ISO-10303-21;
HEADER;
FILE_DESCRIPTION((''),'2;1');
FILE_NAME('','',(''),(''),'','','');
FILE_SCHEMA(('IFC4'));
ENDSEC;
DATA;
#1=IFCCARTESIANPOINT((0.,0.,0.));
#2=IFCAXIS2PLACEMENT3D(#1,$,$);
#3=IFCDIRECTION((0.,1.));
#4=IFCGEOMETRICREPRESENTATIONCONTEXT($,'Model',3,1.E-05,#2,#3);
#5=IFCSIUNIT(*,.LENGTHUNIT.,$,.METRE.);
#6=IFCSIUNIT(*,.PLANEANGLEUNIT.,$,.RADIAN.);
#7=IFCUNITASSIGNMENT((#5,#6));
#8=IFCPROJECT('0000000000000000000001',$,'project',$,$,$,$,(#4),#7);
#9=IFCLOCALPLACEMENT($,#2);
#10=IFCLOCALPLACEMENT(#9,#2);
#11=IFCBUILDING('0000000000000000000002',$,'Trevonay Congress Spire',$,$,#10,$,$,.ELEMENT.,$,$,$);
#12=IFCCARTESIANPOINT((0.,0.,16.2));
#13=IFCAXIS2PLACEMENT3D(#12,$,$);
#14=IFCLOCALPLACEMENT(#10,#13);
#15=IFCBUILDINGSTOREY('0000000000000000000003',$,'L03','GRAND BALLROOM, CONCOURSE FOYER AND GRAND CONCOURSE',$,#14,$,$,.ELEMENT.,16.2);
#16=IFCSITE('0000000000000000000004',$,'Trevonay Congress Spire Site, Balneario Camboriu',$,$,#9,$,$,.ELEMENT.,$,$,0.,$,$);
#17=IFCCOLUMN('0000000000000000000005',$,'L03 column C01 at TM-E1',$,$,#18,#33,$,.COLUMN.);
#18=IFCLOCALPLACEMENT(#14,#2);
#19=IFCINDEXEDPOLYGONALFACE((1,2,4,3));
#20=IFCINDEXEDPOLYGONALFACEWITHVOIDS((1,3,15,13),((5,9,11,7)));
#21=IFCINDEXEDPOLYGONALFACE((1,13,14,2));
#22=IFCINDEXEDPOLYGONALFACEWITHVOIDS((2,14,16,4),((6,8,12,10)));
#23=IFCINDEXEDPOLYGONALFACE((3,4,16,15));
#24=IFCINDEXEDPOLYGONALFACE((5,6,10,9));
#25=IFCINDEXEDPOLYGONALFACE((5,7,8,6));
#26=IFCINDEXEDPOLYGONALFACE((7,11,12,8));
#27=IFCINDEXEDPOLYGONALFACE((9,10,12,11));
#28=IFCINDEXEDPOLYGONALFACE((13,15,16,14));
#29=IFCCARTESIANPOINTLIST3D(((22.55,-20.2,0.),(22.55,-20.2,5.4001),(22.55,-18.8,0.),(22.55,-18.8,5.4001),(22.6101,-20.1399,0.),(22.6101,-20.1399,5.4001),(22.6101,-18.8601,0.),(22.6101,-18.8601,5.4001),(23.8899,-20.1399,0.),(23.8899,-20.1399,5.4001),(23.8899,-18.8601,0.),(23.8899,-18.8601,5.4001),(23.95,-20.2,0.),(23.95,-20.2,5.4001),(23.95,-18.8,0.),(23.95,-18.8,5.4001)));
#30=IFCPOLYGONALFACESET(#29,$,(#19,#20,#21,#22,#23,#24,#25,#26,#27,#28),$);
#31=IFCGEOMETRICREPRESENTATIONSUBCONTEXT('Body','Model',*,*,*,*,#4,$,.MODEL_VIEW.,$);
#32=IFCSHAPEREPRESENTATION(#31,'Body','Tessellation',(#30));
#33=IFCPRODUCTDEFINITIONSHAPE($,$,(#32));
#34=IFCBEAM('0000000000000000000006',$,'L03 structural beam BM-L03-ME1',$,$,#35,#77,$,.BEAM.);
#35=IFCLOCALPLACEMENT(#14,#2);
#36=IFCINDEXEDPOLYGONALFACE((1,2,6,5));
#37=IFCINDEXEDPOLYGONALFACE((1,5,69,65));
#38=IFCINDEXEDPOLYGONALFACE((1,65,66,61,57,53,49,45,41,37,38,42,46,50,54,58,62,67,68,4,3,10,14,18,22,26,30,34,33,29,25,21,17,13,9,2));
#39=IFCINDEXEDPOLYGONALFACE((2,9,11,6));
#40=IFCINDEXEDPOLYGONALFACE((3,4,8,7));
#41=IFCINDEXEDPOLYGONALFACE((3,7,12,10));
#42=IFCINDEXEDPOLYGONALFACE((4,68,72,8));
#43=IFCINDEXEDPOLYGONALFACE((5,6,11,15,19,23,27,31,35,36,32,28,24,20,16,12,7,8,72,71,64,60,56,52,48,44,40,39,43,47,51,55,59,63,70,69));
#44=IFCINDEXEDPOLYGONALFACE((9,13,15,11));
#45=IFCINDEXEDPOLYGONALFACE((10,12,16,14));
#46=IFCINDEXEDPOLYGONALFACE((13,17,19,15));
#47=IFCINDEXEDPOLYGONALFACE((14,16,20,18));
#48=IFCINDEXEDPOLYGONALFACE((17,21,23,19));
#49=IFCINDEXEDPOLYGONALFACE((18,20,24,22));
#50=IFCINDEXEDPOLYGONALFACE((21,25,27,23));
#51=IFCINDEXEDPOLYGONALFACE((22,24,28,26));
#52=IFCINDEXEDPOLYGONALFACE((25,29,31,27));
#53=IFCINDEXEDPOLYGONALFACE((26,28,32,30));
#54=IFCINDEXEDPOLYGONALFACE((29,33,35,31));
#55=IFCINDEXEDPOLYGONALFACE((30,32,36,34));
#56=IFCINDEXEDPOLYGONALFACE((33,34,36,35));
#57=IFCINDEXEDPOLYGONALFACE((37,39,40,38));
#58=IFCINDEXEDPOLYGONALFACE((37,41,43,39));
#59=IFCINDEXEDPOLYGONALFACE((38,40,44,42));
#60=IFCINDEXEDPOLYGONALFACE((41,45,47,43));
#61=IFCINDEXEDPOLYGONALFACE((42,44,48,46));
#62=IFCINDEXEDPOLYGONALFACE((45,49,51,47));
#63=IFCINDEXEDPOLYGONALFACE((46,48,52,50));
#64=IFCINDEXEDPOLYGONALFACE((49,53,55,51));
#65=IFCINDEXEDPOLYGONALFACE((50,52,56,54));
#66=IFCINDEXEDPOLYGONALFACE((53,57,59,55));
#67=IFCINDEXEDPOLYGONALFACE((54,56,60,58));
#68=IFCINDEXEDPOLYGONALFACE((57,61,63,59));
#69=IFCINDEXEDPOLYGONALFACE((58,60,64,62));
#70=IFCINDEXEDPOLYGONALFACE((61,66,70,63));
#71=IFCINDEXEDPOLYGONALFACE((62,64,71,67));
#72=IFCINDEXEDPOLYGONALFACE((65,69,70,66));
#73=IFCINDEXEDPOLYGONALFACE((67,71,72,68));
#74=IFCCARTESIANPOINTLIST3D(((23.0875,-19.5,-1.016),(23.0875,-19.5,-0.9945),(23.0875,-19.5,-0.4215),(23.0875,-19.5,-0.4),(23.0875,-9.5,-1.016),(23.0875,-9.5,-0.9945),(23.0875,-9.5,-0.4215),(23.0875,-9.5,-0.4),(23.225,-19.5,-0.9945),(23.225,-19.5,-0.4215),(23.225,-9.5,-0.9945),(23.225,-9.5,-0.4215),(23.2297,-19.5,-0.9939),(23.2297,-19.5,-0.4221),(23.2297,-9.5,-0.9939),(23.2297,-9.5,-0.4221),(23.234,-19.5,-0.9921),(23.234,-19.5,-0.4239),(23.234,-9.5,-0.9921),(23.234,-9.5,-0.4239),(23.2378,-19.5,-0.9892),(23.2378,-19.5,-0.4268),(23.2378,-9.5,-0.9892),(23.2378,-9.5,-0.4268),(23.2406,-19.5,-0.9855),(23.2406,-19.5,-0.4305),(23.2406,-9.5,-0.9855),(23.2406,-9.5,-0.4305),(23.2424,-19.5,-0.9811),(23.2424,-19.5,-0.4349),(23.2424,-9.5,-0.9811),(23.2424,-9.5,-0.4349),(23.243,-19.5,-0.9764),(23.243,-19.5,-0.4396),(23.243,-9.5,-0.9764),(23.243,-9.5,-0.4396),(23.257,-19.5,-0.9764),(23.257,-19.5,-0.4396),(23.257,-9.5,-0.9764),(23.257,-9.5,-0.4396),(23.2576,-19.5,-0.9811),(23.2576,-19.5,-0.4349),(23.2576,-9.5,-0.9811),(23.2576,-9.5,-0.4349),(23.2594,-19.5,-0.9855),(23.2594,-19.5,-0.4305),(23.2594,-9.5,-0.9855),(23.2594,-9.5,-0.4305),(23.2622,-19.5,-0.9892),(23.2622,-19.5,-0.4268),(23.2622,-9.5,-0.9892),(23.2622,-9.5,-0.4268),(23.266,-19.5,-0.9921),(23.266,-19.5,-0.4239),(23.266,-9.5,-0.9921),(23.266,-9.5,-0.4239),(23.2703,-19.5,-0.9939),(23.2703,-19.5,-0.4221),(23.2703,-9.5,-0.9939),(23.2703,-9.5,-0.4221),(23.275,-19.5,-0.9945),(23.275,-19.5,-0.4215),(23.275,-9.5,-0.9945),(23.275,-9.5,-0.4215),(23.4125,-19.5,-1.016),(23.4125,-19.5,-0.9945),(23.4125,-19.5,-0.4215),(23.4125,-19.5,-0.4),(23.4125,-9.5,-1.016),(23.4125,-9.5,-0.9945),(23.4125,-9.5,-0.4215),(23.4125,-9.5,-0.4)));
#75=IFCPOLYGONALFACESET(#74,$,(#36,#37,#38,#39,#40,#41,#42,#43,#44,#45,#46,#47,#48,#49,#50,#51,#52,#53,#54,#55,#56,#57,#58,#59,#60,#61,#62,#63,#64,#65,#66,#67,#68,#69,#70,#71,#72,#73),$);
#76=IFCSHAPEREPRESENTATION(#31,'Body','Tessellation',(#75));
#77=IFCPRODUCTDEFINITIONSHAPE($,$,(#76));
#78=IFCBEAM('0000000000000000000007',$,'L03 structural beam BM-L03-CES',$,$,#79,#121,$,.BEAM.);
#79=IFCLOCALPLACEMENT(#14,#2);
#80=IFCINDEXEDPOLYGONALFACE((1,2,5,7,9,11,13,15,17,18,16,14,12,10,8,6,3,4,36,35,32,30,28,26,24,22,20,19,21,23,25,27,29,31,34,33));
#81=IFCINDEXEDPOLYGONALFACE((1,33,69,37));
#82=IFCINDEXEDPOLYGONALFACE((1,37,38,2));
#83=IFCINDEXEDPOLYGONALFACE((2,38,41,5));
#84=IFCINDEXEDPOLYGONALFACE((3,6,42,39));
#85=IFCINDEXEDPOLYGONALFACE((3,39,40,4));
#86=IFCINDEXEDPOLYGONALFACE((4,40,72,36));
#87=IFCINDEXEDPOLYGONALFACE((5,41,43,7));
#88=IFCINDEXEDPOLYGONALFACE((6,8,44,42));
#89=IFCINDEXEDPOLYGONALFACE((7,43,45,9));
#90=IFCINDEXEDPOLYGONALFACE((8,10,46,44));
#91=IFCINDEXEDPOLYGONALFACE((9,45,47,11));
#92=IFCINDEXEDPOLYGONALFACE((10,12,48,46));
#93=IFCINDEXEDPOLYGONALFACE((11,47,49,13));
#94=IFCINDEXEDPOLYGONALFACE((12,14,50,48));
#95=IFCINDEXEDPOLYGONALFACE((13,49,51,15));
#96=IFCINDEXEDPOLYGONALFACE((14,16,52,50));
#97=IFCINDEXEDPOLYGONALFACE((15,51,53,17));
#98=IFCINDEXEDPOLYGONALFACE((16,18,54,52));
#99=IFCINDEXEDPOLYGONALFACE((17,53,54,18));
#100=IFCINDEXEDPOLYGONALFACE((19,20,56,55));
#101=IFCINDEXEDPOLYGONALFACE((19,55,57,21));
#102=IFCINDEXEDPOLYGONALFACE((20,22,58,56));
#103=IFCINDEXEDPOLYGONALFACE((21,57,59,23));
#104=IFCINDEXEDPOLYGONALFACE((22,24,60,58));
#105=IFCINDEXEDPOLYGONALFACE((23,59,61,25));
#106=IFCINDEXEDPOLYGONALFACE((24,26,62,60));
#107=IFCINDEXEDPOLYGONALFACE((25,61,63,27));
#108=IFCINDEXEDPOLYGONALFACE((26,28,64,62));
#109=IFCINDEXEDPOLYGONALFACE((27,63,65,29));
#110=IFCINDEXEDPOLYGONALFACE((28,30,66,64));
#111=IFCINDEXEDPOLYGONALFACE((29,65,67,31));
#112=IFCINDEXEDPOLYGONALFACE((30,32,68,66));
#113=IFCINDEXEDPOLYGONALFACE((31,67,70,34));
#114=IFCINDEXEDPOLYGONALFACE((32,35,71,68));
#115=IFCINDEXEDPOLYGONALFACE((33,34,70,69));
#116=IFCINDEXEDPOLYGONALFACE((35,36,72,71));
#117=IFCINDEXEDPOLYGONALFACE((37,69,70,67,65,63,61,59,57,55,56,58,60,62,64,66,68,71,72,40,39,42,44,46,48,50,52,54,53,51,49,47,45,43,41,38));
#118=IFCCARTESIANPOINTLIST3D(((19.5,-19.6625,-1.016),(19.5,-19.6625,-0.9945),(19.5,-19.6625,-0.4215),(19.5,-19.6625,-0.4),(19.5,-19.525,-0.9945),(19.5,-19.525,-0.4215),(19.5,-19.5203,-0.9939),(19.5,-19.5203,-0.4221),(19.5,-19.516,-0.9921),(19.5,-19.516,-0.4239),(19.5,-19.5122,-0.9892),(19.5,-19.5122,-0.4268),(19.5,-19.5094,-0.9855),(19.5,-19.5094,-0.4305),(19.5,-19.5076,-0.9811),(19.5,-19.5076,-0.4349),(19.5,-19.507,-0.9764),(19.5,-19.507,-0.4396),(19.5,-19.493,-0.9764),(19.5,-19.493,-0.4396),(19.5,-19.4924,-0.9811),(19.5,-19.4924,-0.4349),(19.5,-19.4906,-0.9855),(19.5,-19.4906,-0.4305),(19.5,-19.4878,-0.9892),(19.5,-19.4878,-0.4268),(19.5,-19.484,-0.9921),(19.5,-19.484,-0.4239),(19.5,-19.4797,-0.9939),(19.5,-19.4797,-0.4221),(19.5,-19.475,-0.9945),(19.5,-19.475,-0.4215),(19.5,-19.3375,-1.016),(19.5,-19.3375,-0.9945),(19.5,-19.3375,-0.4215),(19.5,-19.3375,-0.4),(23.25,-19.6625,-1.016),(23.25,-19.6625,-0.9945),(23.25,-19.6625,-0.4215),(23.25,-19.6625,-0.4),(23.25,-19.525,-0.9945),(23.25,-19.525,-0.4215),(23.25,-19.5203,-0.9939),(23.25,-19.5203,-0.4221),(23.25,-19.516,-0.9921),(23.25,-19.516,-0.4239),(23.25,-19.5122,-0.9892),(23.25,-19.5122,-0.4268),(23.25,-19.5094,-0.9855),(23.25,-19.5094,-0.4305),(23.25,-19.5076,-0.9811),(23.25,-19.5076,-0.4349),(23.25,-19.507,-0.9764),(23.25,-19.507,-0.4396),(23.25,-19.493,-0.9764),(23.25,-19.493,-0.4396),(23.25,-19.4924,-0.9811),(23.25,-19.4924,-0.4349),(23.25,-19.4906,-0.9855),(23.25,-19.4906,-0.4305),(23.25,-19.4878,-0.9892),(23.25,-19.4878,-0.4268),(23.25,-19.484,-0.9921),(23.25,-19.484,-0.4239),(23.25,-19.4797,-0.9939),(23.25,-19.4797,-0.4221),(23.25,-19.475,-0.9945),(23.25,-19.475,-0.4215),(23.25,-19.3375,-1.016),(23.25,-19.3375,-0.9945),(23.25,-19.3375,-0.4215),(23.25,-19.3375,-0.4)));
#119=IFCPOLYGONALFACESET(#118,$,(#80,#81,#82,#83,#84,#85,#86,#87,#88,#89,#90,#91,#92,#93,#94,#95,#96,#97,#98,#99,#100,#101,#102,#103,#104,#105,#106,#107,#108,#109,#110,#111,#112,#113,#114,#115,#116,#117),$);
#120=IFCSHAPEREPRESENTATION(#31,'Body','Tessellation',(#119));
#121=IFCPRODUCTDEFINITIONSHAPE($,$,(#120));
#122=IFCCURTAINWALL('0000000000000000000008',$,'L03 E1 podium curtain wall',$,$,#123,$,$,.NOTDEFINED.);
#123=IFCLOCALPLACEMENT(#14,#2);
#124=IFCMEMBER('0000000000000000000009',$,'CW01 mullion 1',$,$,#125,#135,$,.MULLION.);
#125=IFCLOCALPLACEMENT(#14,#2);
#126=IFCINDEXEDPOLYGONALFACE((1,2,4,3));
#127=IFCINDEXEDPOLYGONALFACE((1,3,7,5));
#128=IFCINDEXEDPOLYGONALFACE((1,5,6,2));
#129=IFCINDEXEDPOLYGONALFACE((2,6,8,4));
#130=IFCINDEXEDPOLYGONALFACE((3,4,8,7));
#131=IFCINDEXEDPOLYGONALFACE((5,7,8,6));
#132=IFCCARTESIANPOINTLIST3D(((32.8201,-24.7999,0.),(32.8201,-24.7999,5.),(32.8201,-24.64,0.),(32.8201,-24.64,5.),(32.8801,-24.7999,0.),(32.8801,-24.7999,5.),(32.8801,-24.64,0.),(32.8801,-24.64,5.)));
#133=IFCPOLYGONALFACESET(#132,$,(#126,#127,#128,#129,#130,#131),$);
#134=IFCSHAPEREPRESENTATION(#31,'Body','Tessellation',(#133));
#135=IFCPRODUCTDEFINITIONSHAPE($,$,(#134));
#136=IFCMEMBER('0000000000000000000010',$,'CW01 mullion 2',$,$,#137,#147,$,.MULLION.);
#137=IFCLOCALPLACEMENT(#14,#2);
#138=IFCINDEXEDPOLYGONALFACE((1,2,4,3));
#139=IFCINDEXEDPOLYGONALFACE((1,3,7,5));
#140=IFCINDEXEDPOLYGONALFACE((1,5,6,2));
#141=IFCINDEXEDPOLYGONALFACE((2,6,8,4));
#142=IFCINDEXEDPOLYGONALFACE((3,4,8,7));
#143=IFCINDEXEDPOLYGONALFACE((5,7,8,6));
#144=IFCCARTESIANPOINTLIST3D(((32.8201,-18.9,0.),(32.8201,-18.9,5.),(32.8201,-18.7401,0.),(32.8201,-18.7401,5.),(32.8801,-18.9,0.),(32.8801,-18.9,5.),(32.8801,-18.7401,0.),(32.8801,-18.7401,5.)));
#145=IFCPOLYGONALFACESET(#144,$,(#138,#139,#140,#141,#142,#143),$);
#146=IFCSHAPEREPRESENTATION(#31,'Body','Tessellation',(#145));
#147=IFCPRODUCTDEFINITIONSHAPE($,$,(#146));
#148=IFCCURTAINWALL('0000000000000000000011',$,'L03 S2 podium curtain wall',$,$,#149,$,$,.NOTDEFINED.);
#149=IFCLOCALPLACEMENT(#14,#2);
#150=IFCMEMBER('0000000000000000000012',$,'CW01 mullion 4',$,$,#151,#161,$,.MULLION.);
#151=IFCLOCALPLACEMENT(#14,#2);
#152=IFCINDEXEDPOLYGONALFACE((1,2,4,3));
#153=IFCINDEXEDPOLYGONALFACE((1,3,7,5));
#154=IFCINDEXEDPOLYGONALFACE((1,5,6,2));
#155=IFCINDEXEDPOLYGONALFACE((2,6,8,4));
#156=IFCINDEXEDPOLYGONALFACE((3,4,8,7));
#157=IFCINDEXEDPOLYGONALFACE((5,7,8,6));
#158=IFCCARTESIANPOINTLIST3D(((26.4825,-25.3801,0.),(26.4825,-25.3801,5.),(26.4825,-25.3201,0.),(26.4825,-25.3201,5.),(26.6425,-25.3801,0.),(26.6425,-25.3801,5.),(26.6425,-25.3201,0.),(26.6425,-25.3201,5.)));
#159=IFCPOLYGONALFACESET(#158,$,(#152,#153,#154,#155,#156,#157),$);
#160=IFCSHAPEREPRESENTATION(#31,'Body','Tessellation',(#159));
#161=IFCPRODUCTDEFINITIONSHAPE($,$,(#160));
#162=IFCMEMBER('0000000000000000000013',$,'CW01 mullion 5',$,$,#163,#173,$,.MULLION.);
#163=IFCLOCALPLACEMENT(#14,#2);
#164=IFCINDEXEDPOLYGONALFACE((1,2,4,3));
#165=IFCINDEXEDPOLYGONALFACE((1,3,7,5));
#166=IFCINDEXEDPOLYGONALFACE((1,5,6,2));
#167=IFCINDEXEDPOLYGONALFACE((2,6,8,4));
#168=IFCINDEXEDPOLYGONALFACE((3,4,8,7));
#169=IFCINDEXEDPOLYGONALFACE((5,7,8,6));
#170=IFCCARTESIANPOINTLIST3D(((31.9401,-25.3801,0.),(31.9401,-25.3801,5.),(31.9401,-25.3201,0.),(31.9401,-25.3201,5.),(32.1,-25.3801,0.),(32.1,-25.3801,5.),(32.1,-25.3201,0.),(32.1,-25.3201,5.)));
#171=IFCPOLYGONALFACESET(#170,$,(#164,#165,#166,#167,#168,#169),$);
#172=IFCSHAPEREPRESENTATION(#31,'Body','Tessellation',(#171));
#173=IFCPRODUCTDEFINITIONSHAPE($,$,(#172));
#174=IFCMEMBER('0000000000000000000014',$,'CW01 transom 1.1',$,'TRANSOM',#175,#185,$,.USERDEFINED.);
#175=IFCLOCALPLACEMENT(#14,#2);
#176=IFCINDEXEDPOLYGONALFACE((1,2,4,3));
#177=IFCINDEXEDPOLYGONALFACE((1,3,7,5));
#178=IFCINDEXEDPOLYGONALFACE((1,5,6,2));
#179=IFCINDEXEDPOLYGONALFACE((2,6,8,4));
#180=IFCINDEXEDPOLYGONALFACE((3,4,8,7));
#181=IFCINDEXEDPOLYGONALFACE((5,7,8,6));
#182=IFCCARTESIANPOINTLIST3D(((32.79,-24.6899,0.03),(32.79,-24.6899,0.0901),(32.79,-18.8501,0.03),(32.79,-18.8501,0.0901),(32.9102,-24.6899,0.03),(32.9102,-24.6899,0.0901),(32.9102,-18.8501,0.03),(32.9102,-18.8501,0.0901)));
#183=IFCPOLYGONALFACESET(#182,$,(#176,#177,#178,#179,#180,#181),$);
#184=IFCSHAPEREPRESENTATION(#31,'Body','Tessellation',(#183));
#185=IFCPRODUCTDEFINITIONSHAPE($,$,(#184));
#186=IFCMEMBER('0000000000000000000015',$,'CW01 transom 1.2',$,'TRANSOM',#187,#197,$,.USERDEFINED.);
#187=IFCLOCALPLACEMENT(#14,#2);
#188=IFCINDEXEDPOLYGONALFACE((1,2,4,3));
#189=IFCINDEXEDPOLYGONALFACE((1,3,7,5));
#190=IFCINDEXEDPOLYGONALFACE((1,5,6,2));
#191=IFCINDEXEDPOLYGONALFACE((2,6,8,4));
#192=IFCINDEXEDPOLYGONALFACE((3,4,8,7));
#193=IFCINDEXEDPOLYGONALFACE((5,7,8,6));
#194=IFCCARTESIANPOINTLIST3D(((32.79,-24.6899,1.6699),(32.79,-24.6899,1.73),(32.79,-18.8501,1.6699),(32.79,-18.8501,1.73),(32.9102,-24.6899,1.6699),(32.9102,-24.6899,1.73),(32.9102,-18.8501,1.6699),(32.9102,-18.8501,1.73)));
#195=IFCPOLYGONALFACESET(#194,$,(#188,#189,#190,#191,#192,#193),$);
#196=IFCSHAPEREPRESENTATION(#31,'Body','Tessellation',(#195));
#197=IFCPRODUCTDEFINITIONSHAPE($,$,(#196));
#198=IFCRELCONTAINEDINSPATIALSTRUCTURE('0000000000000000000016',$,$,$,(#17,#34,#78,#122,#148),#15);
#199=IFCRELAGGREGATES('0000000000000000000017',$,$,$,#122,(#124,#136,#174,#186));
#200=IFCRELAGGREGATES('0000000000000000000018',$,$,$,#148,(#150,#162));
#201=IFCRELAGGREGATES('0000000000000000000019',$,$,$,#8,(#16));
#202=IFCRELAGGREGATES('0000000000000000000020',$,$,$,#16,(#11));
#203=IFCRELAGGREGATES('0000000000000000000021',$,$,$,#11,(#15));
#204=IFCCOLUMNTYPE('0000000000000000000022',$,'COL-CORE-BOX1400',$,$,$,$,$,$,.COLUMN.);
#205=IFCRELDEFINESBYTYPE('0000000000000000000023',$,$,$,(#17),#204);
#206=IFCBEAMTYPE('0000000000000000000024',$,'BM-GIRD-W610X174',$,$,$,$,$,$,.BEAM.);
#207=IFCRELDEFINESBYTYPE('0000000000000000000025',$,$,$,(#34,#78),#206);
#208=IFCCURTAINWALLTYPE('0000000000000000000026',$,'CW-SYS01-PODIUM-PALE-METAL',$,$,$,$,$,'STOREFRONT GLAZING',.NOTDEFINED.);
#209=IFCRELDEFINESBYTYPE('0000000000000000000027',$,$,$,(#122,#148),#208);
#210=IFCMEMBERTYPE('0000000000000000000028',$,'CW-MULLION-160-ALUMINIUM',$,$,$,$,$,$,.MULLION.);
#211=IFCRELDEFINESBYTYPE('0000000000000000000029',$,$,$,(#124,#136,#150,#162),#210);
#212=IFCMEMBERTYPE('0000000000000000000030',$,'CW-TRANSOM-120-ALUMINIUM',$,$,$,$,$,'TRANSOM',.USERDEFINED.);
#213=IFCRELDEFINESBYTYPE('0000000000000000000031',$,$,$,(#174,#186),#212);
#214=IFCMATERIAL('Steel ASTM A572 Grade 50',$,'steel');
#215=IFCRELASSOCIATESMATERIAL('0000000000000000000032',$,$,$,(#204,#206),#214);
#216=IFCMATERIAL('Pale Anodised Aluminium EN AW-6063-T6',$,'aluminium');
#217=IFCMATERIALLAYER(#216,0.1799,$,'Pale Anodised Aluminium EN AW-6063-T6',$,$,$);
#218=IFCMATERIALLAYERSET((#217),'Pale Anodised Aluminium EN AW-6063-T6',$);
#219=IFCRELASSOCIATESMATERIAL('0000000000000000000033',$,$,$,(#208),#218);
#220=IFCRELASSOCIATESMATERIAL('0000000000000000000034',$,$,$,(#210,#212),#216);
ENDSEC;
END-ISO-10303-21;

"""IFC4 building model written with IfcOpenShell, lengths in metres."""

from ifc_helpers import new_model, si_unit, direction, frame, origin, origin_2d, place, context, subcontext, project, spatial, rectangle, hollow_rectangle, i_section, extrude, material, layer, layer_set, material_profile, profile_set, type_object, element, aggregate, save


model = new_model("IFC4")

# Units and contexts
model_context = context("Model", 3, precision=1e-05, world=origin(), true_north=direction((0.0, 1.0)))
body_context = subcontext(model_context, "Body", "Model", "MODEL_VIEW")
ifc_project = project(units=[si_unit("LENGTHUNIT", "METRE"), si_unit("PLANEANGLEUNIT", "RADIAN")], contexts=[model_context])

# Site, building, storey
site_placement = place(None, origin())
site = spatial("IfcSite", under=ifc_project, at=site_placement, Name="Trevonay Congress Spire Site, Balneario Camboriu", CompositionType="ELEMENT", RefElevation=0.0)
building_placement = place(site_placement, origin())
building = spatial("IfcBuilding", under=site, at=building_placement, Name="Trevonay Congress Spire", CompositionType="ELEMENT")
storey_placement = place(building_placement, frame((0.0, 0.0, 16.2)))
storey = spatial("IfcBuildingStorey", under=building, at=storey_placement, Name="L03", Description="GRAND BALLROOM, CONCOURSE FOYER AND GRAND CONCOURSE", CompositionType="ELEMENT", Elevation=16.2)

# Column
ifc_material_1 = material(Name="Steel ASTM A572 Grade 50", Category="steel")
ifc_material_profile_1 = material_profile(ifc_material_1, hollow_rectangle(XDim=1.3999, YDim=1.3999, WallThickness=0.0601, at=origin_2d()), Name="BOX 1400x1400x60")
ifc_profile_set_1 = profile_set([ifc_material_profile_1], Name="Steel ASTM A572 Grade 50")
column_type = type_object("IfcColumnType", Name="COL-CORE-BOX1400", PredefinedType="COLUMN", material=ifc_profile_set_1)
column_placement = place(storey_placement, frame((23.25, -19.5, 0.0), z_axis=(0.0, 0.0, 1.0), x_axis=(1.0, 0.0, 0.0)))
element("IfcColumn", 1, at=column_placement, inside=storey, type_object=column_type, Name="L03 column C01 at TM-E1", PredefinedType="COLUMN", context=body_context, shape_type="SweptSolid", body=[
    extrude(hollow_rectangle(XDim=1.3999, YDim=1.3999, WallThickness=0.0601, at=origin_2d()), origin(), (0.0, 0.0, 1.0), 5.4001),
])

# Beams
ifc_material_profile_2 = material_profile(ifc_material_1, i_section(OverallWidth=0.325, OverallDepth=0.616, WebThickness=0.0139, FlangeThickness=0.0215, FilletRadius=0.0181, at=origin_2d()), Name="W610x174")
ifc_profile_set_2 = profile_set([ifc_material_profile_2], Name="Steel ASTM A572 Grade 50")
beam_type = type_object("IfcBeamType", Name="BM-GIRD-W610X174", PredefinedType="BEAM", material=ifc_profile_set_2)
beam_1_placement = place(storey_placement, frame((23.25, -19.5, -0.708), z_axis=(0.0, 1.0, 0.0), x_axis=(-1.0, 0.0, 0.0)))
element("IfcBeam", 2, at=beam_1_placement, inside=storey, type_object=beam_type, Name="L03 structural beam BM-L03-ME1", PredefinedType="BEAM", context=body_context, shape_type="SweptSolid", body=[
    extrude(i_section(OverallWidth=0.325, OverallDepth=0.616, WebThickness=0.0139, FlangeThickness=0.0215, FilletRadius=0.0181, at=origin_2d()), origin(), (0.0, 0.0, 1.0), 10.0),
])
beam_2_placement = place(storey_placement, frame((23.25, -19.5, -0.708), z_axis=(-1.0, 0.0, 0.0), x_axis=(0.0, -1.0, 0.0)))
element("IfcBeam", 3, at=beam_2_placement, inside=storey, type_object=beam_type, Name="L03 structural beam BM-L03-CES", PredefinedType="BEAM", context=body_context, shape_type="SweptSolid", body=[
    extrude(i_section(OverallWidth=0.325, OverallDepth=0.616, WebThickness=0.0139, FlangeThickness=0.0215, FilletRadius=0.0181, at=origin_2d()), origin(), (0.0, 0.0, 1.0), 3.75),
])

# Curtain walls, members
ifc_material_2 = material(Name="Pale Anodised Aluminium EN AW-6063-T6", Category="aluminium")
ifc_layer_1 = layer(ifc_material_2, 0.1799, Name="Pale Anodised Aluminium EN AW-6063-T6")
ifc_layer_set_1 = layer_set([ifc_layer_1], Name="Pale Anodised Aluminium EN AW-6063-T6")
curtain_wall_type = type_object("IfcCurtainWallType", Name="CW-SYS01-PODIUM-PALE-METAL", ElementType="STOREFRONT GLAZING", PredefinedType="NOTDEFINED", material=ifc_layer_set_1)
curtain_wall_1_placement = place(storey_placement, origin())
curtain_wall_1 = element("IfcCurtainWall", 4, at=curtain_wall_1_placement, inside=storey, type_object=curtain_wall_type, Name="L03 E1 podium curtain wall", PredefinedType="NOTDEFINED")
ifc_material_profile_3 = material_profile(ifc_material_2, rectangle(XDim=0.0601, YDim=0.1599, at=origin_2d()), Name="CW-MULLION-160-ALUMINIUM")
ifc_profile_set_3 = profile_set([ifc_material_profile_3], Name="Pale Anodised Aluminium EN AW-6063-T6")
member_type_1 = type_object("IfcMemberType", Name="CW-MULLION-160-ALUMINIUM", PredefinedType="MULLION", material=ifc_profile_set_3)
member_1_placement = place(storey_placement, frame((32.8501, -24.72, 0.0), z_axis=(0.0, 0.0, 1.0), x_axis=(-1.0, 0.0, 0.0)))
member_1 = element("IfcMember", 5, at=member_1_placement, type_object=member_type_1, Name="CW01 mullion 1", PredefinedType="MULLION", context=body_context, shape_type="SweptSolid", body=[
    extrude(rectangle(XDim=0.0601, YDim=0.1599, at=origin_2d()), origin(), (0.0, 0.0, 1.0), 5.0),
])
member_2_placement = place(storey_placement, frame((32.8501, -18.8201, 0.0), z_axis=(0.0, 0.0, 1.0), x_axis=(-1.0, 0.0, 0.0)))
member_2 = element("IfcMember", 6, at=member_2_placement, type_object=member_type_1, Name="CW01 mullion 2", PredefinedType="MULLION", context=body_context, shape_type="SweptSolid", body=[
    extrude(rectangle(XDim=0.0601, YDim=0.1599, at=origin_2d()), origin(), (0.0, 0.0, 1.0), 5.0),
])
curtain_wall_2_placement = place(storey_placement, origin())
curtain_wall_2 = element("IfcCurtainWall", 7, at=curtain_wall_2_placement, inside=storey, type_object=curtain_wall_type, Name="L03 S2 podium curtain wall", PredefinedType="NOTDEFINED")
member_3_placement = place(storey_placement, frame((26.5625, -25.3501, 0.0), z_axis=(0.0, 0.0, 1.0), x_axis=(0.0, 1.0, 0.0)))
member_3 = element("IfcMember", 8, at=member_3_placement, type_object=member_type_1, Name="CW01 mullion 4", PredefinedType="MULLION", context=body_context, shape_type="SweptSolid", body=[
    extrude(rectangle(XDim=0.0601, YDim=0.1599, at=origin_2d()), origin(), (0.0, 0.0, 1.0), 5.0),
])
member_4_placement = place(storey_placement, frame((32.02, -25.3501, 0.0), z_axis=(0.0, 0.0, 1.0), x_axis=(0.0, 1.0, 0.0)))
member_4 = element("IfcMember", 9, at=member_4_placement, type_object=member_type_1, Name="CW01 mullion 5", PredefinedType="MULLION", context=body_context, shape_type="SweptSolid", body=[
    extrude(rectangle(XDim=0.0601, YDim=0.1599, at=origin_2d()), origin(), (0.0, 0.0, 1.0), 5.0),
])

# Members
ifc_material_profile_4 = material_profile(ifc_material_2, rectangle(XDim=0.1201, YDim=0.0601, at=origin_2d()), Name="CW-TRANSOM-120-ALUMINIUM")
ifc_profile_set_4 = profile_set([ifc_material_profile_4], Name="Pale Anodised Aluminium EN AW-6063-T6")
member_type_2 = type_object("IfcMemberType", Name="CW-TRANSOM-120-ALUMINIUM", ElementType="TRANSOM", PredefinedType="USERDEFINED", material=ifc_profile_set_4)
member_5_placement = place(storey_placement, frame((32.8501, -24.6899, 0.0601), z_axis=(0.0, 1.0, 0.0), x_axis=(-1.0, 0.0, 0.0)))
member_5 = element("IfcMember", 10, at=member_5_placement, type_object=member_type_2, Name="CW01 transom 1.1", ObjectType="TRANSOM", PredefinedType="USERDEFINED", context=body_context, shape_type="SweptSolid", body=[
    extrude(rectangle(XDim=0.1201, YDim=0.0601, at=origin_2d()), origin(), (0.0, 0.0, 1.0), 5.8398),
])
member_6_placement = place(storey_placement, frame((32.8501, -24.6899, 1.7), z_axis=(0.0, 1.0, 0.0), x_axis=(-1.0, 0.0, 0.0)))
member_6 = element("IfcMember", 11, at=member_6_placement, type_object=member_type_2, Name="CW01 transom 1.2", ObjectType="TRANSOM", PredefinedType="USERDEFINED", context=body_context, shape_type="SweptSolid", body=[
    extrude(rectangle(XDim=0.1201, YDim=0.0601, at=origin_2d()), origin(), (0.0, 0.0, 1.0), 5.8398),
])

aggregate(curtain_wall_1, [member_1, member_2, member_5, member_6])
aggregate(curtain_wall_2, [member_3, member_4])

save(model, "model.ifc")
